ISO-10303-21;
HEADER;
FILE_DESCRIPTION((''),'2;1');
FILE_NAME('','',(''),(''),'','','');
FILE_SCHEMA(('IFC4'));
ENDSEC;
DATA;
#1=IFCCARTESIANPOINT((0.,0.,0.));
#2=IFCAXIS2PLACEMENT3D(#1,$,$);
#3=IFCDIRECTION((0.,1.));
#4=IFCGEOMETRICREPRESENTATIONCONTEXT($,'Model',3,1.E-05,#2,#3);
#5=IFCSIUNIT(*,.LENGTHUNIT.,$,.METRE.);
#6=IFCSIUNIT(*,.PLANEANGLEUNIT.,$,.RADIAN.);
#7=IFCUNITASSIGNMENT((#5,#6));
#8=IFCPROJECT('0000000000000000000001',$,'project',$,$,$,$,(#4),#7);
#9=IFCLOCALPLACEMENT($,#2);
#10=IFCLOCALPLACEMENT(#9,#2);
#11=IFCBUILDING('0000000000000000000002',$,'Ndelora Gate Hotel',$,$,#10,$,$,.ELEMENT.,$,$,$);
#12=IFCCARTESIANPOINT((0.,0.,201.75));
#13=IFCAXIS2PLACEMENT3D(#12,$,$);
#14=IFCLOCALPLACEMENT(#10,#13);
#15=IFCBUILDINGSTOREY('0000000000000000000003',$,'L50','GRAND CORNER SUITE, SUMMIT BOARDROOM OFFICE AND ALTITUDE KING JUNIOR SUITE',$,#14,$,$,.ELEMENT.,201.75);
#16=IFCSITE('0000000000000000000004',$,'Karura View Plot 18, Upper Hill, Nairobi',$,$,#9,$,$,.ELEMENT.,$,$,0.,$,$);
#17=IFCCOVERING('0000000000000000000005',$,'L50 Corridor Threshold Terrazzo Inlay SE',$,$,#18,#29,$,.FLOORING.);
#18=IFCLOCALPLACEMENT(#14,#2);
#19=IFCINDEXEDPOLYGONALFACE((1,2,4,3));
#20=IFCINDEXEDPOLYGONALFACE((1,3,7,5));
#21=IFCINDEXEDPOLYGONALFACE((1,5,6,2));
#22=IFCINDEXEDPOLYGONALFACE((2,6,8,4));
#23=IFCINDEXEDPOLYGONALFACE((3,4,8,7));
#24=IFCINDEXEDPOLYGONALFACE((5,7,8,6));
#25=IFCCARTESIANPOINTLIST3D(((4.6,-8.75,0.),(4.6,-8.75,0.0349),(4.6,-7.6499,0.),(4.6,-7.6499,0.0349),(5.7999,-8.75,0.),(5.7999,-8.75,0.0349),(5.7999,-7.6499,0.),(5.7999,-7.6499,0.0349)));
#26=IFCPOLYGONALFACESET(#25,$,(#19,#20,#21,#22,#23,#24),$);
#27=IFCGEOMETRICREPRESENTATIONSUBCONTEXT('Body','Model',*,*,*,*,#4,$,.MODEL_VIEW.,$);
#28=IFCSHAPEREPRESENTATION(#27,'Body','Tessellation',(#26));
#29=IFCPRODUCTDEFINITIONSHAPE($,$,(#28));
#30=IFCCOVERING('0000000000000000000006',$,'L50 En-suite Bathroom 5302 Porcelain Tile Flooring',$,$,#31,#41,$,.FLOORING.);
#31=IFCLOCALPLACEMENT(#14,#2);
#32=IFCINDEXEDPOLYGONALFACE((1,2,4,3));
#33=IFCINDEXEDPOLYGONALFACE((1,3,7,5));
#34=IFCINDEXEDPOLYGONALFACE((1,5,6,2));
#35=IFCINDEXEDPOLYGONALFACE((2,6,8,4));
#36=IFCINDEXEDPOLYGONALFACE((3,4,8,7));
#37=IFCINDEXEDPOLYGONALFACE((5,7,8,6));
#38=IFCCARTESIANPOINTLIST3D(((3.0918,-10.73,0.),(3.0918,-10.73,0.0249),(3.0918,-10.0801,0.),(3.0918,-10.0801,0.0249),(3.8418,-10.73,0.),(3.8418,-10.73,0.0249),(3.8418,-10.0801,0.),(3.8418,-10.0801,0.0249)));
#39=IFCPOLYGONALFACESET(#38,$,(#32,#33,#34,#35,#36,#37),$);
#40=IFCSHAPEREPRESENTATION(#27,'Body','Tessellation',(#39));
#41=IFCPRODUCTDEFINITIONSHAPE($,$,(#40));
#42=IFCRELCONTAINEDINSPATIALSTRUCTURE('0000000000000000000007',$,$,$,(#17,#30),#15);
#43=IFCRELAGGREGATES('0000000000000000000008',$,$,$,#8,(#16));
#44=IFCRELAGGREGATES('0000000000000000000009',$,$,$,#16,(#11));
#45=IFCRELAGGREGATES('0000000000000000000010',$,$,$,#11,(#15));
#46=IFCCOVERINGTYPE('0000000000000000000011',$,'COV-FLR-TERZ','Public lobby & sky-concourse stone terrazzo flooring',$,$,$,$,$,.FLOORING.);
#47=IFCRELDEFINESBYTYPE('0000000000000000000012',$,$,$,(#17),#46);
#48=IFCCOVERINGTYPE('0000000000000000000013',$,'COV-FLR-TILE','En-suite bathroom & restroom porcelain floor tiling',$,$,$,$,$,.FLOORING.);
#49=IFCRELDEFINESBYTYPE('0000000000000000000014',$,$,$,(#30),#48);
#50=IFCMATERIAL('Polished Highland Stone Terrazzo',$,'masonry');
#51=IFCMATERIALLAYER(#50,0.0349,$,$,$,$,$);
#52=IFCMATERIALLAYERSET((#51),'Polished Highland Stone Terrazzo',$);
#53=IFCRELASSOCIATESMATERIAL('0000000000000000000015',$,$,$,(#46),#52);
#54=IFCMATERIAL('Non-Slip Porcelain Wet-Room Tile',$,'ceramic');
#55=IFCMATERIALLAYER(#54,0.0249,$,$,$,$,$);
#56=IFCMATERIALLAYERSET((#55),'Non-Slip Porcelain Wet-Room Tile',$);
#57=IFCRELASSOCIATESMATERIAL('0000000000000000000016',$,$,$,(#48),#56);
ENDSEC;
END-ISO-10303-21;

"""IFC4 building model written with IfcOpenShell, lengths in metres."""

from ifc_helpers import new_model, si_unit, direction, frame, origin, origin_2d, place, context, subcontext, project, spatial, rectangle, extrude, material, layer, layer_set, type_object, element, save


model = new_model("IFC4")

# Units and contexts
model_context = context("Model", 3, precision=1e-05, world=origin(), true_north=direction((0.0, 1.0)))
body_context = subcontext(model_context, "Body", "Model", "MODEL_VIEW")
ifc_project = project(units=[si_unit("LENGTHUNIT", "METRE"), si_unit("PLANEANGLEUNIT", "RADIAN")], contexts=[model_context])

# Site, building, storey
site_placement = place(None, origin())
site = spatial("IfcSite", under=ifc_project, at=site_placement, Name="Karura View Plot 18, Upper Hill, Nairobi", CompositionType="ELEMENT", RefElevation=0.0)
building_placement = place(site_placement, origin())
building = spatial("IfcBuilding", under=site, at=building_placement, Name="Ndelora Gate Hotel", CompositionType="ELEMENT")
storey_placement = place(building_placement, frame((0.0, 0.0, 201.75)))
storey = spatial("IfcBuildingStorey", under=building, at=storey_placement, Name="L50", Description="GRAND CORNER SUITE, SUMMIT BOARDROOM OFFICE AND ALTITUDE KING JUNIOR SUITE", CompositionType="ELEMENT", Elevation=201.75)

# Coverings
ifc_material_1 = material(Name="Polished Highland Stone Terrazzo", Category="masonry")
ifc_layer_1 = layer(ifc_material_1, 0.0349)
ifc_layer_set_1 = layer_set([ifc_layer_1], Name="Polished Highland Stone Terrazzo")
covering_type_1 = type_object("IfcCoveringType", Name="COV-FLR-TERZ", Description="Public lobby & sky-concourse stone terrazzo flooring", PredefinedType="FLOORING", material=ifc_layer_set_1)
covering_1_placement = place(storey_placement, frame((5.2, -8.2, 0.0), z_axis=(0.0, 0.0, 1.0), x_axis=(1.0, 0.0, 0.0)))
element("IfcCovering", 1, at=covering_1_placement, inside=storey, type_object=covering_type_1, Name="L50 Corridor Threshold Terrazzo Inlay SE", PredefinedType="FLOORING", context=body_context, shape_type="SweptSolid", body=[
    extrude(rectangle(XDim=1.2, YDim=1.1001, at=origin_2d()), origin(), (0.0, 0.0, 1.0), 0.0349),
])
ifc_material_2 = material(Name="Non-Slip Porcelain Wet-Room Tile", Category="ceramic")
ifc_layer_2 = layer(ifc_material_2, 0.0249)
ifc_layer_set_2 = layer_set([ifc_layer_2], Name="Non-Slip Porcelain Wet-Room Tile")
covering_type_2 = type_object("IfcCoveringType", Name="COV-FLR-TILE", Description="En-suite bathroom & restroom porcelain floor tiling", PredefinedType="FLOORING", material=ifc_layer_set_2)
covering_2_placement = place(storey_placement, frame((3.4668, -10.405, 0.0), z_axis=(0.0, 0.0, 1.0), x_axis=(1.0, 0.0, 0.0)))
element("IfcCovering", 2, at=covering_2_placement, inside=storey, type_object=covering_type_2, Name="L50 En-suite Bathroom 5302 Porcelain Tile Flooring", PredefinedType="FLOORING", context=body_context, shape_type="SweptSolid", body=[
    extrude(rectangle(XDim=0.75, YDim=0.6499, at=origin_2d()), origin(), (0.0, 0.0, 1.0), 0.0249),
])

save(model, "model.ifc")
